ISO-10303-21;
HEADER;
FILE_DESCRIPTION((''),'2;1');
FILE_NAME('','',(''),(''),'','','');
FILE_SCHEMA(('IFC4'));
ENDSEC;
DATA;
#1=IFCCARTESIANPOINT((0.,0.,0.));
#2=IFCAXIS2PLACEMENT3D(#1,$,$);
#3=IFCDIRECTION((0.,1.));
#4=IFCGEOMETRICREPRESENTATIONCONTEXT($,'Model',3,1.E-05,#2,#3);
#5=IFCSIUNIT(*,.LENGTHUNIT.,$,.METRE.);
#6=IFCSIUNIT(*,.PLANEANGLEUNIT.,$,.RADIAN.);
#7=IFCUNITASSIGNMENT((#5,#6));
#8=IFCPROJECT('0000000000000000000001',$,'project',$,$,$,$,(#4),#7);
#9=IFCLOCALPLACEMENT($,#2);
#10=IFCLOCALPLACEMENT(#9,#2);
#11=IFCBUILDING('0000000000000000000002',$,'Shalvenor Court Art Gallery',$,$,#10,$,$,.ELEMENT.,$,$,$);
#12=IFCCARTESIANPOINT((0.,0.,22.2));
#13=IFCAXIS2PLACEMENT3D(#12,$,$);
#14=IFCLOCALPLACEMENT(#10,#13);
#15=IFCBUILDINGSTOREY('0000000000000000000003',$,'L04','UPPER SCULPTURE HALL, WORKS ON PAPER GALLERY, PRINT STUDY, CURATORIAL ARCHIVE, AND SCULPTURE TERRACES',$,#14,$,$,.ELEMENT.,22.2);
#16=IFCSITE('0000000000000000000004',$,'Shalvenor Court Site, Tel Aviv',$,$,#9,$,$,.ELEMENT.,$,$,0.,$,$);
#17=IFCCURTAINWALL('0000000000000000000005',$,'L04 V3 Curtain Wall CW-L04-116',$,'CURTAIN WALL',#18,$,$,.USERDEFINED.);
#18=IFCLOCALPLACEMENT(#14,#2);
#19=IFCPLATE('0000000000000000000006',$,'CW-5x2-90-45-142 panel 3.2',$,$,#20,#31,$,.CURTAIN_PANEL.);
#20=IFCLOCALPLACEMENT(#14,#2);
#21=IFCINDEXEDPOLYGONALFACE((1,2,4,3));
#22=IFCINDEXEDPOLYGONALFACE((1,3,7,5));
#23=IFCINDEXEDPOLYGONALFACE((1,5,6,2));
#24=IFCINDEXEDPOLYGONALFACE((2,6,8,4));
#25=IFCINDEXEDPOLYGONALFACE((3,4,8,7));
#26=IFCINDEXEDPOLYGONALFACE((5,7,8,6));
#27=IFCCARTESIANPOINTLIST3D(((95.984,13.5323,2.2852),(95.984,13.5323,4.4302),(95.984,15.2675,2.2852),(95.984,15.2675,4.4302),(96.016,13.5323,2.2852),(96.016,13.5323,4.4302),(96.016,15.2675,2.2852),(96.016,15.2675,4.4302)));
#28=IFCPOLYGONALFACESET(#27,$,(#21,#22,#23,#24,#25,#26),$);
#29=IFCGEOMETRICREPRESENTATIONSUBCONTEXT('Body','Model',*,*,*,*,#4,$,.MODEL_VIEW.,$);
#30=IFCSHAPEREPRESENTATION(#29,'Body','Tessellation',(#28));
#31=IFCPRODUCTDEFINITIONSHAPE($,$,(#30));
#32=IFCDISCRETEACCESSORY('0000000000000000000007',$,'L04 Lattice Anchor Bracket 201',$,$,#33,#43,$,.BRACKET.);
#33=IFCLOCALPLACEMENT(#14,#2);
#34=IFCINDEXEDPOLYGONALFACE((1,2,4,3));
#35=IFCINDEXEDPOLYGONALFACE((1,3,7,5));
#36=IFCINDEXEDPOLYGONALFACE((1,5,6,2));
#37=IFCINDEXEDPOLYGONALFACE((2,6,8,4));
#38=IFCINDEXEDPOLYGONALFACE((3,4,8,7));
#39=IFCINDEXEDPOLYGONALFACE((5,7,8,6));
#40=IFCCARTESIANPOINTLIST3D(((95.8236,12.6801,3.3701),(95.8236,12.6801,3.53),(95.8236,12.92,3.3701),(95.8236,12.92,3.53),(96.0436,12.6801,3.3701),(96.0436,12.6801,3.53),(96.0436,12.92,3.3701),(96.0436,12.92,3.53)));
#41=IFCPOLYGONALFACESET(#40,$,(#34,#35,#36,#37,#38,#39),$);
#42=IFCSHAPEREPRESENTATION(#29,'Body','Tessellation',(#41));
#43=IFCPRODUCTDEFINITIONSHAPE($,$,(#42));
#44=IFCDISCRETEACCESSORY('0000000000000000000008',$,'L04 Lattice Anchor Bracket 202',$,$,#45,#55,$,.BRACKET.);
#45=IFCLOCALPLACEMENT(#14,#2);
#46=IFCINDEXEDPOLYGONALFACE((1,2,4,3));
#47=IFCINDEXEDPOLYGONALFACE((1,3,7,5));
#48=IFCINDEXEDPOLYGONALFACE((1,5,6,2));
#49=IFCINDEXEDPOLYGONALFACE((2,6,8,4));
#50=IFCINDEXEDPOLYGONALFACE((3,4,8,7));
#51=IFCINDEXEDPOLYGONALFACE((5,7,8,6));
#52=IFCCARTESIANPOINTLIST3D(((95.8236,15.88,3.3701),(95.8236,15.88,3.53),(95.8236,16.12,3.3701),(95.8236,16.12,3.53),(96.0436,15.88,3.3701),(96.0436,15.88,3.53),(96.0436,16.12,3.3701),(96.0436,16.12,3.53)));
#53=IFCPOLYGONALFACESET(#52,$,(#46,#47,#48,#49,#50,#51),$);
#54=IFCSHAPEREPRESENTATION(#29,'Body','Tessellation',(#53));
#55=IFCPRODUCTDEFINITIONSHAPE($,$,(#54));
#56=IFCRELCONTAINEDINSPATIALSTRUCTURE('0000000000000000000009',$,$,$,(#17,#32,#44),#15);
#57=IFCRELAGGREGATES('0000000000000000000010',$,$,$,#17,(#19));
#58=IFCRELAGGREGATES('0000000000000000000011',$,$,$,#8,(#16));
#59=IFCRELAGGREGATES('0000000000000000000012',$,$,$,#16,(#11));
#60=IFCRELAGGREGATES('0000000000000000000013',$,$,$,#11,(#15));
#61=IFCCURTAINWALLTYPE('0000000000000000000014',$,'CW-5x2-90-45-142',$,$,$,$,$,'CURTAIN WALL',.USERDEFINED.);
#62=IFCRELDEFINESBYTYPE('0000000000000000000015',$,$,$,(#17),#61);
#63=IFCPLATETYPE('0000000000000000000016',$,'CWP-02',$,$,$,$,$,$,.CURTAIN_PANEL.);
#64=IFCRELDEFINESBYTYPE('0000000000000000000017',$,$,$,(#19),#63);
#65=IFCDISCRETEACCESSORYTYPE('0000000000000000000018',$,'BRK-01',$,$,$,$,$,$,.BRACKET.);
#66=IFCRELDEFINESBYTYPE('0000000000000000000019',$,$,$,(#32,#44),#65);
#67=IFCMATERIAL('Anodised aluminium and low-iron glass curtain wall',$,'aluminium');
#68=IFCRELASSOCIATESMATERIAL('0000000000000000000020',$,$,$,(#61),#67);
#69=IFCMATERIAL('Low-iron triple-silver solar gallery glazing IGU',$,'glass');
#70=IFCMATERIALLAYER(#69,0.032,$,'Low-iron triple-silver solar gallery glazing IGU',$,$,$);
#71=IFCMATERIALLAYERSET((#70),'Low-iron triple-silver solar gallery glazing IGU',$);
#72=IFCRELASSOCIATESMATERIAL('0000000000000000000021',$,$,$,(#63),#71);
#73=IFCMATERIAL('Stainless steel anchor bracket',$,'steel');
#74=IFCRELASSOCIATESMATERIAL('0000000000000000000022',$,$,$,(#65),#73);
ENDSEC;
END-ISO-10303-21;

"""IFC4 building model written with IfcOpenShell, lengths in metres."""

from ifc_helpers import new_model, si_unit, direction, frame, origin, origin_2d, place, context, subcontext, project, spatial, rectangle, extrude, material, layer, layer_set, type_object, element, aggregate, save


model = new_model("IFC4")

# Units and contexts
model_context = context("Model", 3, precision=1e-05, world=origin(), true_north=direction((0.0, 1.0)))
body_context = subcontext(model_context, "Body", "Model", "MODEL_VIEW")
ifc_project = project(units=[si_unit("LENGTHUNIT", "METRE"), si_unit("PLANEANGLEUNIT", "RADIAN")], contexts=[model_context])

# Site, building, storey
site_placement = place(None, origin())
site = spatial("IfcSite", under=ifc_project, at=site_placement, Name="Shalvenor Court Site, Tel Aviv", CompositionType="ELEMENT", RefElevation=0.0)
building_placement = place(site_placement, origin())
building = spatial("IfcBuilding", under=site, at=building_placement, Name="Shalvenor Court Art Gallery", CompositionType="ELEMENT")
storey_placement = place(building_placement, frame((0.0, 0.0, 22.2)))
storey = spatial("IfcBuildingStorey", under=building, at=storey_placement, Name="L04", Description="UPPER SCULPTURE HALL, WORKS ON PAPER GALLERY, PRINT STUDY, CURATORIAL ARCHIVE, AND SCULPTURE TERRACES", CompositionType="ELEMENT", Elevation=22.2)

# Curtain wall, plate
ifc_material_1 = material(Name="Anodised aluminium and low-iron glass curtain wall", Category="aluminium")
curtain_wall_type = type_object("IfcCurtainWallType", Name="CW-5x2-90-45-142", ElementType="CURTAIN WALL", PredefinedType="USERDEFINED", material=ifc_material_1)
curtain_wall_placement = place(storey_placement, origin())
curtain_wall = element("IfcCurtainWall", 1, at=curtain_wall_placement, inside=storey, type_object=curtain_wall_type, Name="L04 V3 Curtain Wall CW-L04-116", ObjectType="CURTAIN WALL", PredefinedType="USERDEFINED")
ifc_material_2 = material(Name="Low-iron triple-silver solar gallery glazing IGU", Category="glass")
ifc_layer = layer(ifc_material_2, 0.032, Name="Low-iron triple-silver solar gallery glazing IGU")
ifc_layer_set = layer_set([ifc_layer], Name="Low-iron triple-silver solar gallery glazing IGU")
plate_type = type_object("IfcPlateType", Name="CWP-02", PredefinedType="CURTAIN_PANEL", material=ifc_layer_set)
plate_1_placement = place(storey_placement, frame((96.0, 14.3999, 2.2852), z_axis=(0.0, 0.0, 1.0), x_axis=(0.0, 1.0, 0.0)))
plate_1 = element("IfcPlate", 2, at=plate_1_placement, type_object=plate_type, Name="CW-5x2-90-45-142 panel 3.2", PredefinedType="CURTAIN_PANEL", context=body_context, shape_type="SweptSolid", body=[
    extrude(rectangle(XDim=1.7351, YDim=0.032, at=origin_2d()), origin(), (0.0, 0.0, 1.0), 2.145),
])
aggregate(curtain_wall, [plate_1])

# Discrete accessories
ifc_material_3 = material(Name="Stainless steel anchor bracket", Category="steel")
discrete_accessory_type = type_object("IfcDiscreteAccessoryType", Name="BRK-01", PredefinedType="BRACKET", material=ifc_material_3)
for number, where, z_axis, x_axis, name in (
    (3, (95.9336, 12.8, 3.3701), (0.0, 0.0, 1.0), (0.0, 1.0, 0.0), "L04 Lattice Anchor Bracket 201"),
    (4, (95.9336, 16.0, 3.3701), (0.0, 0.0, 1.0), (0.0, 1.0, 0.0), "L04 Lattice Anchor Bracket 202"),
):
    element("IfcDiscreteAccessory", number, at=place(storey_placement, frame(where, z_axis=z_axis, x_axis=x_axis)), inside=storey, type_object=discrete_accessory_type, Name=name, PredefinedType="BRACKET", context=body_context, shape_type="SweptSolid", body=[
        extrude(rectangle(XDim=0.24, YDim=0.22, at=origin_2d()), origin(), (0.0, 0.0, 1.0), 0.1599),
    ])

save(model, "model.ifc")
